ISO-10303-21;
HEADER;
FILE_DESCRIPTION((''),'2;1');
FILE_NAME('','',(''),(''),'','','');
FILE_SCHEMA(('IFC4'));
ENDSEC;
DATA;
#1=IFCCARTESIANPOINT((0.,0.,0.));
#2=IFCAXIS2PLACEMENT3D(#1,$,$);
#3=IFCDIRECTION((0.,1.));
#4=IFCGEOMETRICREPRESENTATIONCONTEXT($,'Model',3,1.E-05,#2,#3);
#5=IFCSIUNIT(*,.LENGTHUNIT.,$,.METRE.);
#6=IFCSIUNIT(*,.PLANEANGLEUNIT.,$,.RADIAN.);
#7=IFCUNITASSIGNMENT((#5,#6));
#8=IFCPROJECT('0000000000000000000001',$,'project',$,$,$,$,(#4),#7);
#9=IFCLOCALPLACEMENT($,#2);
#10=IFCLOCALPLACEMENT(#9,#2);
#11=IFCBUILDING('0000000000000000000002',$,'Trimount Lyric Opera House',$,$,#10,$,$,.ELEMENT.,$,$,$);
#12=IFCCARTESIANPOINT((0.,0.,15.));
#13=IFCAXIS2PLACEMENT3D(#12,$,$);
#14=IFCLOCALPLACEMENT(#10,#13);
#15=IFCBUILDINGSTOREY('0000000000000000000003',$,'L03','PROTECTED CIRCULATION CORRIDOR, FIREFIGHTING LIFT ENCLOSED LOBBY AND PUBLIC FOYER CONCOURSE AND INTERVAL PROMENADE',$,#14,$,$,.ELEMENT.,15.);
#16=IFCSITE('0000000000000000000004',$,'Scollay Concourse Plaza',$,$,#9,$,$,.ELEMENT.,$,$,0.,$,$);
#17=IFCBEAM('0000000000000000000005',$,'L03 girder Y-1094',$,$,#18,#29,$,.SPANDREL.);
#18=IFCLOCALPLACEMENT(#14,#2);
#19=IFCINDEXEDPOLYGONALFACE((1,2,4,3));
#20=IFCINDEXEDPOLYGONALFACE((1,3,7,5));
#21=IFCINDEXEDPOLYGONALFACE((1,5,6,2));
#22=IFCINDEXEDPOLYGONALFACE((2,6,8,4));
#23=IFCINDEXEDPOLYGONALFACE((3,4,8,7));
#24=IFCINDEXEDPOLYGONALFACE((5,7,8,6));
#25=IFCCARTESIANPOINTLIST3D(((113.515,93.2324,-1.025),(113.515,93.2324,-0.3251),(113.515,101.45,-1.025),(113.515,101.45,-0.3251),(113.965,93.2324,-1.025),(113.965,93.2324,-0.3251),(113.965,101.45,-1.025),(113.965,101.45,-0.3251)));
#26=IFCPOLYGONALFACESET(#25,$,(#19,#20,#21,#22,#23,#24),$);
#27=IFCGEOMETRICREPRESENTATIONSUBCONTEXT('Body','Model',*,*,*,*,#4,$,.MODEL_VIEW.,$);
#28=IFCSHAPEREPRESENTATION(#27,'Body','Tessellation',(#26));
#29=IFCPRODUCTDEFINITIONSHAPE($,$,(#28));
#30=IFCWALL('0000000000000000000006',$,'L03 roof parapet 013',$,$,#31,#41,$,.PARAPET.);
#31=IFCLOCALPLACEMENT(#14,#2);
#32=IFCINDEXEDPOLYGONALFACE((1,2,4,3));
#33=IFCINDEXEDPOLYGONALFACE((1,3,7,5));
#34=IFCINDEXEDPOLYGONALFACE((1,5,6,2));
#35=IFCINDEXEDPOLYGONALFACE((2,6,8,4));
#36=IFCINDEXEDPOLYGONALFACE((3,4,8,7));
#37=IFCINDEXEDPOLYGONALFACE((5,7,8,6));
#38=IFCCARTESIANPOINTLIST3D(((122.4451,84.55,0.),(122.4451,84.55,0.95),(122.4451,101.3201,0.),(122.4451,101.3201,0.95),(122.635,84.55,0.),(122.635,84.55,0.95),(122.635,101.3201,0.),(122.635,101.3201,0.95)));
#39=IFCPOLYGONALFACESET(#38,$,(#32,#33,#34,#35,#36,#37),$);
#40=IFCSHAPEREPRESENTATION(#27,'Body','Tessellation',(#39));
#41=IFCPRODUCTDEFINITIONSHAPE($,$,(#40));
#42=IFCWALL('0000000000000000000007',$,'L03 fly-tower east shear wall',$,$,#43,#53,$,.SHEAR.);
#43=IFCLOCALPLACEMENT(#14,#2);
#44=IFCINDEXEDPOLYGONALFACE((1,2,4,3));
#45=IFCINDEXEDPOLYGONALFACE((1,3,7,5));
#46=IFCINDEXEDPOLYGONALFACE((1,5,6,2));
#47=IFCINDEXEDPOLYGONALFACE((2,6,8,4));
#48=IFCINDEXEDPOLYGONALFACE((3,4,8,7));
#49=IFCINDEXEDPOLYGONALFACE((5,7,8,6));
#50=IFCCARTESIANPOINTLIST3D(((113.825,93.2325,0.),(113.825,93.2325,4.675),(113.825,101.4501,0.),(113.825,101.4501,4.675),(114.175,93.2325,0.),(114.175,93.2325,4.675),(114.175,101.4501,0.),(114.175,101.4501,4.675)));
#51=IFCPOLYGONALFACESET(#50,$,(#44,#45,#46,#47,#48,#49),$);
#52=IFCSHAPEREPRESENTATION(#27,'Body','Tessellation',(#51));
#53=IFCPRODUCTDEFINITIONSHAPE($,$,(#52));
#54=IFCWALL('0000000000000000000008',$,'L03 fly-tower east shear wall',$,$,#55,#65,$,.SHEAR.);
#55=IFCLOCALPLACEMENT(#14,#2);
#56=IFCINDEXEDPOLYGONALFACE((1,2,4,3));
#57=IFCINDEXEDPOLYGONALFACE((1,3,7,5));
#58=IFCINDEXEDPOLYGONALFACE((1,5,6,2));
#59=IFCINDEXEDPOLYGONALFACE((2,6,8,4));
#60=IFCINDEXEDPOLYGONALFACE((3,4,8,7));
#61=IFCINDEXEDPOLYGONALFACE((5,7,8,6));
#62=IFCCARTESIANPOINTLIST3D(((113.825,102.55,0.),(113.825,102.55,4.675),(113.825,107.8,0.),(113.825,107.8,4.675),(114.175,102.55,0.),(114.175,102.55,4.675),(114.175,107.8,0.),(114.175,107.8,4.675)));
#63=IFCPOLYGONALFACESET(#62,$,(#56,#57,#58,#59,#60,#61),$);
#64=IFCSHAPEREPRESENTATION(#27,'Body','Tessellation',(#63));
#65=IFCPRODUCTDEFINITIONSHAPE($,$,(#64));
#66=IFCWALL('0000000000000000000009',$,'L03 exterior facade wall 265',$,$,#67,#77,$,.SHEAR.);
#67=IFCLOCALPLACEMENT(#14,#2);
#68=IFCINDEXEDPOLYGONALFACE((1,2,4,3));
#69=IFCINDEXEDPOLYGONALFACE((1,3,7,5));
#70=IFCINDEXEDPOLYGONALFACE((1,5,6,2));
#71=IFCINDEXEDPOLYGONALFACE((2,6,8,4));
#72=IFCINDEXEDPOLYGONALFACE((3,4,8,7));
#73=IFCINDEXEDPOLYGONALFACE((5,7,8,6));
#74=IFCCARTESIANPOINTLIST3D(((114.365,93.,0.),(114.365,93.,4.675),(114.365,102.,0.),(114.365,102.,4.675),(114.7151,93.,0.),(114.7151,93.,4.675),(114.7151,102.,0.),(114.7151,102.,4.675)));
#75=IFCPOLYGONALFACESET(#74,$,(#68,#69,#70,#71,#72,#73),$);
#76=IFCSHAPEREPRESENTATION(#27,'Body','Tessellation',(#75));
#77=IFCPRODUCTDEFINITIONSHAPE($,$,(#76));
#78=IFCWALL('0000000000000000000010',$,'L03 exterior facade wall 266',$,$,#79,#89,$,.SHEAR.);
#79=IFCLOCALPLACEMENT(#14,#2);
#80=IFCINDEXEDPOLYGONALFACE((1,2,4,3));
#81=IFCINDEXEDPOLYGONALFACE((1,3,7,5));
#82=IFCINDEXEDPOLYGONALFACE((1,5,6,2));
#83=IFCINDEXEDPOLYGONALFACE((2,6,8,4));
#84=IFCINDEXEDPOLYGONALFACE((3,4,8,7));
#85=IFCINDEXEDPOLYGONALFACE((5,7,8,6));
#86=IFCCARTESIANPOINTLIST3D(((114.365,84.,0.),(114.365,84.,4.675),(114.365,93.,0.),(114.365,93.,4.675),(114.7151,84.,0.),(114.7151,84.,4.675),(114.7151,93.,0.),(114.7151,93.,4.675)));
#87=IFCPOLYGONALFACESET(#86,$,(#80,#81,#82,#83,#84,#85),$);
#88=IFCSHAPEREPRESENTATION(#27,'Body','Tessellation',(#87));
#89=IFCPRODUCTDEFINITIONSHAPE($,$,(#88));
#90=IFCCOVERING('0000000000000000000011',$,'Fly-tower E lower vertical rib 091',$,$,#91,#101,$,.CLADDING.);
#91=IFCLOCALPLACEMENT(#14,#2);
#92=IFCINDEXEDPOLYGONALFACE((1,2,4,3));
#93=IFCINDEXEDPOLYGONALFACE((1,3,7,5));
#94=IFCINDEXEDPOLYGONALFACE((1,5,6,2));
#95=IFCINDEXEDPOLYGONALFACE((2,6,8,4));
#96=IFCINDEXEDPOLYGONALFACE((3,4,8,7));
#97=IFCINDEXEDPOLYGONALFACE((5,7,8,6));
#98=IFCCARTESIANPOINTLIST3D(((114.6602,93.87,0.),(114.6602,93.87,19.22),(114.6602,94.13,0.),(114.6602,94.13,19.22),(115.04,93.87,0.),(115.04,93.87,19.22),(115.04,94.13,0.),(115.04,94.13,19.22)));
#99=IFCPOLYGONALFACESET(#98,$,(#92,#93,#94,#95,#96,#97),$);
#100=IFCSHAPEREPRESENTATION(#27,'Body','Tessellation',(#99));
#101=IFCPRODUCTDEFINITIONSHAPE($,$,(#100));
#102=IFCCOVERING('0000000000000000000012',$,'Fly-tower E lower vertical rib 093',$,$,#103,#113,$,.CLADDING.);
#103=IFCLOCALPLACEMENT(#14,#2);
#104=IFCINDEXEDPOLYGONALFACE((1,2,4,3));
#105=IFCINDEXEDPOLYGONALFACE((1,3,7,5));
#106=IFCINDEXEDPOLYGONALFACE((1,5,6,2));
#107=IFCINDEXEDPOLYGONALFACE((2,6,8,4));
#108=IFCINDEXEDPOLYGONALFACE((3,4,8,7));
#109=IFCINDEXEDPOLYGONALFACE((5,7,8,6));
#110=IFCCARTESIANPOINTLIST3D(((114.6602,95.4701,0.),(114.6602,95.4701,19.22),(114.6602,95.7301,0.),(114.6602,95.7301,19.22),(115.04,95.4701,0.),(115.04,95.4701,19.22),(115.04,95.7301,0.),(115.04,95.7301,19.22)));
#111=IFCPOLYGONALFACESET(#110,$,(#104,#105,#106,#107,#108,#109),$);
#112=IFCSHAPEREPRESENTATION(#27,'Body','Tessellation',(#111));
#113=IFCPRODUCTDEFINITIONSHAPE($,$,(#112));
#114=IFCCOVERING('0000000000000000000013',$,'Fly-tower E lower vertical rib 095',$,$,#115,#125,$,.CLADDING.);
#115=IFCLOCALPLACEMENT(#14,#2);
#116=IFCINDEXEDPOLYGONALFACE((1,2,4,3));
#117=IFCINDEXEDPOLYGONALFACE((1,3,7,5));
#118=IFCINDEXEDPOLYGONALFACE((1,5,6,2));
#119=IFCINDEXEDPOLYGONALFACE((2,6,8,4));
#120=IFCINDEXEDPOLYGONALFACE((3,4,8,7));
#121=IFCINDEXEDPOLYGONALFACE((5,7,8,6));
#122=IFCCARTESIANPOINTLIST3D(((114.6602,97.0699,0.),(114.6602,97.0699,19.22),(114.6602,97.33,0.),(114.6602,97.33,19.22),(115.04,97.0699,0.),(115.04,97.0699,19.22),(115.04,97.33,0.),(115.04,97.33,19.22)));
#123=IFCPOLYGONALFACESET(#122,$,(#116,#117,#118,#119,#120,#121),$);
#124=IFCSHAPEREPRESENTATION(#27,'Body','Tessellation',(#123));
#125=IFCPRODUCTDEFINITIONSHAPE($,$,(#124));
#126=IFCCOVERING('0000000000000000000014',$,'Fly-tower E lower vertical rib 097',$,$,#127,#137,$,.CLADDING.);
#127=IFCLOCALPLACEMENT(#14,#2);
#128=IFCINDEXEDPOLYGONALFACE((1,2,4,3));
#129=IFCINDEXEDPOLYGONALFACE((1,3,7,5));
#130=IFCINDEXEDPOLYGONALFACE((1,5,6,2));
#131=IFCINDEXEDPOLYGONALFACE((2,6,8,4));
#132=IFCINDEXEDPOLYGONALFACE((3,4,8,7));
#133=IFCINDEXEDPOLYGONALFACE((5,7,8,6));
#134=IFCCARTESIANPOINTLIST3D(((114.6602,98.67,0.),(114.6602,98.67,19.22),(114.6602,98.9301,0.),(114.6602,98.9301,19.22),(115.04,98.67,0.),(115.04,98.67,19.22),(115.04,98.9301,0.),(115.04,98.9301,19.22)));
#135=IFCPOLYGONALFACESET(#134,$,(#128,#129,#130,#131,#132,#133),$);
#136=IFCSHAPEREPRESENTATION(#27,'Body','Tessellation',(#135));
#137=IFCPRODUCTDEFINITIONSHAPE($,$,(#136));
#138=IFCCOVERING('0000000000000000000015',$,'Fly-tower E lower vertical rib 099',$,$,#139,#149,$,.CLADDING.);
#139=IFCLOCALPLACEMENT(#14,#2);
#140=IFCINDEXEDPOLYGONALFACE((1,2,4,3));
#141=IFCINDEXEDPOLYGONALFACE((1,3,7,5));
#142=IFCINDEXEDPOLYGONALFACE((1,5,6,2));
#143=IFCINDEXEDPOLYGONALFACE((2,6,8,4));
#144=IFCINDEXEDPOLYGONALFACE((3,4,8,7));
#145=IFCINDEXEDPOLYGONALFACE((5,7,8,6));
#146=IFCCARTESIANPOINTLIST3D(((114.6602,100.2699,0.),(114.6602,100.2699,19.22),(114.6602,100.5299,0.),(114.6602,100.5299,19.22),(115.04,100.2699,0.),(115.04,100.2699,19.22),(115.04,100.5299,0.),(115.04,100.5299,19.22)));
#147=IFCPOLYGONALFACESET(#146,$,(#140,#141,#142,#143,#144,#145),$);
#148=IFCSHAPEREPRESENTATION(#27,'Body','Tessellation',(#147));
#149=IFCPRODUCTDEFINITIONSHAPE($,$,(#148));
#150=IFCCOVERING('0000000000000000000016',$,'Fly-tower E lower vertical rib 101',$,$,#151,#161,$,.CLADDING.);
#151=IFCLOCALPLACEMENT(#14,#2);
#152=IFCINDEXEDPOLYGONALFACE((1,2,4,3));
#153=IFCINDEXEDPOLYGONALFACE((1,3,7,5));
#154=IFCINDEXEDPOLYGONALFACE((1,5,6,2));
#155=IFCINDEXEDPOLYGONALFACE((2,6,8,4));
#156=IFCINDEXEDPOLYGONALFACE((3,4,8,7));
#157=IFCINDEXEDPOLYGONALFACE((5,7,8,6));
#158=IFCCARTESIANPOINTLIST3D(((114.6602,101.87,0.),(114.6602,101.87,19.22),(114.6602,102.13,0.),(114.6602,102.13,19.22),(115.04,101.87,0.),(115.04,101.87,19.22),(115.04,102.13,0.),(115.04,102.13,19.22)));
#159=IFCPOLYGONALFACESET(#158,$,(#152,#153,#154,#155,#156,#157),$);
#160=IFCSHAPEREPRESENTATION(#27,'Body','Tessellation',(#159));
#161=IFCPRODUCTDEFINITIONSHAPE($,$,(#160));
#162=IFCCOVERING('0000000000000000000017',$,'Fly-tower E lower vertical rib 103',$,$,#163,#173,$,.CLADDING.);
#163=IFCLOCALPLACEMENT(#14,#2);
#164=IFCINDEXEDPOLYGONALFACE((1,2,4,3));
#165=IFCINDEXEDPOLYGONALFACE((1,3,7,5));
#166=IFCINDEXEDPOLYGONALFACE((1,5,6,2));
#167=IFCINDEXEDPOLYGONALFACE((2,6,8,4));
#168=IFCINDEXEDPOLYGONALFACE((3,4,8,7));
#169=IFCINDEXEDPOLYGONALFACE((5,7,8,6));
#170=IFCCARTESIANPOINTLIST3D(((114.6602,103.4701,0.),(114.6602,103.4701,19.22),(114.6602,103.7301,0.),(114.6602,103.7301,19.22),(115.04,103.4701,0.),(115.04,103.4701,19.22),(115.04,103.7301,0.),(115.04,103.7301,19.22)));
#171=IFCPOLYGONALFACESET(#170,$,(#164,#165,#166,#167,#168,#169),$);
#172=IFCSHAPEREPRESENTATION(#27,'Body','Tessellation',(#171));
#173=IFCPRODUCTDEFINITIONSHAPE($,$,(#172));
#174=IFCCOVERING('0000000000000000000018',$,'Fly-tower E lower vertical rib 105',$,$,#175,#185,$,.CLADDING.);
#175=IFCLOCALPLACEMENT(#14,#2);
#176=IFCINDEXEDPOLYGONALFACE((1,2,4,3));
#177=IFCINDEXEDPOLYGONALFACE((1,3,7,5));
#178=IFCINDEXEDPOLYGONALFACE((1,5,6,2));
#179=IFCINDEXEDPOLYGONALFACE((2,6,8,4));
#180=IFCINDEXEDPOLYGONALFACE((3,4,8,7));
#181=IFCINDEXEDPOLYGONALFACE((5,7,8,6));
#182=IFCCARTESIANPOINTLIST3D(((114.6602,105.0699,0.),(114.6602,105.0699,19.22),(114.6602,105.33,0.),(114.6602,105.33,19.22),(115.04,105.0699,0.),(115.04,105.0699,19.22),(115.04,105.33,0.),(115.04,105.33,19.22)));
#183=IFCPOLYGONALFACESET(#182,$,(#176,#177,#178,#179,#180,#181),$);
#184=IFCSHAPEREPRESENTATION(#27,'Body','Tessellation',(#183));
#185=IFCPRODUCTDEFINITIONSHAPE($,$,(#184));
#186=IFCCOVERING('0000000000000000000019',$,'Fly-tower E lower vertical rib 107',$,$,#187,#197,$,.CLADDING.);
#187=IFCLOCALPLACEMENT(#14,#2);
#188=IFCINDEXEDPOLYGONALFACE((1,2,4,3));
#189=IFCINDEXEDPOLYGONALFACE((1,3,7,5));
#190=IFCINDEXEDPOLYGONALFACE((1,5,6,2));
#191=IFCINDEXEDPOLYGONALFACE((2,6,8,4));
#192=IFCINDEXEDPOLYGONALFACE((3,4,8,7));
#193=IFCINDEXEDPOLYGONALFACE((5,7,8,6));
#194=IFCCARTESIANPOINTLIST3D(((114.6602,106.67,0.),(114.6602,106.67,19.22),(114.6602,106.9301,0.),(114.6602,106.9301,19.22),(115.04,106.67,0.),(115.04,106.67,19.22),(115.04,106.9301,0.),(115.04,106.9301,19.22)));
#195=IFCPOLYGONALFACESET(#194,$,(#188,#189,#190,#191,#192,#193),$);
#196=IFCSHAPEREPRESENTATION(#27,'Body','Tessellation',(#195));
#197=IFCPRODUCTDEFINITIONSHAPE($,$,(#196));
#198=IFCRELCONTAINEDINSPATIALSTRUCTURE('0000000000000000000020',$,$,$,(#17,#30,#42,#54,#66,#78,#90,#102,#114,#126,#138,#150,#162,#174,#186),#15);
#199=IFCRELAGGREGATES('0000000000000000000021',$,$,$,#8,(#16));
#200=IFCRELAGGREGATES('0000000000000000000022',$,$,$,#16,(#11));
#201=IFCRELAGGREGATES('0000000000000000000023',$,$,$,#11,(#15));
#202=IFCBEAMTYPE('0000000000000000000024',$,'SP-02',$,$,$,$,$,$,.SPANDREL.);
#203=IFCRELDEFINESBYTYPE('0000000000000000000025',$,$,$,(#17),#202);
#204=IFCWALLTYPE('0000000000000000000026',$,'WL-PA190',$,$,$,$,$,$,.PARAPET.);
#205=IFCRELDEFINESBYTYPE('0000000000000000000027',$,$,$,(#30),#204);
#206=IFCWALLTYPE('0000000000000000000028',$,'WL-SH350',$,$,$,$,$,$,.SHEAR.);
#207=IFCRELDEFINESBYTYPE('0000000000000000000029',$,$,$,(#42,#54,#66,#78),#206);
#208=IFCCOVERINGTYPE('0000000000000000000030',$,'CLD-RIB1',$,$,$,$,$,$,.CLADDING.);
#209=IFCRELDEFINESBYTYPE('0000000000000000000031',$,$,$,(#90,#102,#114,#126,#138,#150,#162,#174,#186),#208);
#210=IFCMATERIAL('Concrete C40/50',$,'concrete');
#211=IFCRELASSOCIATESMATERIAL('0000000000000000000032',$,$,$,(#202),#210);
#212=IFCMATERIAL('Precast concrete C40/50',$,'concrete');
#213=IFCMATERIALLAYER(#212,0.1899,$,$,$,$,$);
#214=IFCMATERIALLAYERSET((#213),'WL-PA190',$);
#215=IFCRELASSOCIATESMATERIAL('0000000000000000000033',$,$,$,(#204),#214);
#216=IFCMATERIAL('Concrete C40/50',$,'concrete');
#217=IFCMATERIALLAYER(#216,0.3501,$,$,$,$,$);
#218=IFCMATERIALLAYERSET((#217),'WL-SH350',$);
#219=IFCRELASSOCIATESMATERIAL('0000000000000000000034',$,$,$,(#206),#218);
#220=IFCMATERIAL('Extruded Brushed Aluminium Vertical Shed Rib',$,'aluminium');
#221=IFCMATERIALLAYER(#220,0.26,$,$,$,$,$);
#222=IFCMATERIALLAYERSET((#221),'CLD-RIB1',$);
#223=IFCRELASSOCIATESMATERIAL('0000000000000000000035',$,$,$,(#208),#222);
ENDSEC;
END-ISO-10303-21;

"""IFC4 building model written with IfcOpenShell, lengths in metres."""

from ifc_helpers import new_model, si_unit, direction, frame, frame_2d, origin, origin_2d, place, context, subcontext, project, spatial, rectangle, extrude, material, layer, layer_set, material_profile, profile_set, type_object, element, save


model = new_model("IFC4")

# Units and contexts
model_context = context("Model", 3, precision=1e-05, world=origin(), true_north=direction((0.0, 1.0)))
body_context = subcontext(model_context, "Body", "Model", "MODEL_VIEW")
ifc_project = project(units=[si_unit("LENGTHUNIT", "METRE"), si_unit("PLANEANGLEUNIT", "RADIAN")], contexts=[model_context])

# Site, building, storey
site_placement = place(None, origin())
site = spatial("IfcSite", under=ifc_project, at=site_placement, Name="Scollay Concourse Plaza", CompositionType="ELEMENT", RefElevation=0.0)
building_placement = place(site_placement, origin())
building = spatial("IfcBuilding", under=site, at=building_placement, Name="Trimount Lyric Opera House", CompositionType="ELEMENT")
storey_placement = place(building_placement, frame((0.0, 0.0, 15.0)))
storey = spatial("IfcBuildingStorey", under=building, at=storey_placement, Name="L03", Description="PROTECTED CIRCULATION CORRIDOR, FIREFIGHTING LIFT ENCLOSED LOBBY AND PUBLIC FOYER CONCOURSE AND INTERVAL PROMENADE", CompositionType="ELEMENT", Elevation=15.0)

# Beam
ifc_material_1 = material(Name="Concrete C40/50", Category="concrete")
ifc_material_profile_1 = material_profile(ifc_material_1, rectangle(XDim=0.45, YDim=0.7, at=origin_2d()), Name="RC450X700")
ifc_profile_set_1 = profile_set([ifc_material_profile_1], Name="Concrete C40/50")
beam_type_1 = type_object("IfcBeamType", Name="SP-02", PredefinedType="SPANDREL", material=ifc_profile_set_1)
beam_1_placement = place(storey_placement, frame((113.74, 93.2324, -0.675), z_axis=(0.0, 1.0, 0.0), x_axis=(-1.0, 0.0, 0.0)))
element("IfcBeam", 1, at=beam_1_placement, inside=storey, type_object=beam_type_1, Name="L03 girder Y-1094", PredefinedType="SPANDREL", context=body_context, shape_type="SweptSolid", body=[
    extrude(rectangle(XDim=0.45, YDim=0.7, at=origin_2d()), origin(), (0.0, 0.0, 1.0), 8.2175),
])

# Walls
ifc_material_2 = material(Name="Precast concrete C40/50", Category="concrete")
ifc_layer_1 = layer(ifc_material_2, 0.1899)
ifc_layer_set_1 = layer_set([ifc_layer_1], Name="WL-PA190")
wall_type_1 = type_object("IfcWallType", Name="WL-PA190", PredefinedType="PARAPET", material=ifc_layer_set_1)
wall_1_placement = place(storey_placement, frame((122.54, 101.3201, 0.0), z_axis=(0.0, 0.0, 1.0), x_axis=(0.0, -1.0, 0.0)))
element("IfcWall", 2, at=wall_1_placement, inside=storey, type_object=wall_type_1, Name="L03 roof parapet 013", PredefinedType="PARAPET", context=body_context, shape_type="SweptSolid", body=[
    extrude(rectangle(XDim=16.77, YDim=0.1899, at=frame_2d((8.385, 0.0))), origin(), (0.0, 0.0, 1.0), 0.95),
])
ifc_material_3 = material(Name="Concrete C40/50", Category="concrete")
ifc_layer_2 = layer(ifc_material_3, 0.3501)
ifc_layer_set_2 = layer_set([ifc_layer_2], Name="WL-SH350")
wall_type_2 = type_object("IfcWallType", Name="WL-SH350", PredefinedType="SHEAR", material=ifc_layer_set_2)
wall_2_placement = place(storey_placement, frame((114.0, 93.2324, 0.0), z_axis=(0.0, 0.0, 1.0), x_axis=(0.0, 1.0, 0.0)))
element("IfcWall", 3, at=wall_2_placement, inside=storey, type_object=wall_type_2, Name="L03 fly-tower east shear wall", PredefinedType="SHEAR", context=body_context, shape_type="SweptSolid", body=[
    extrude(rectangle(XDim=8.2175, YDim=0.3501, at=frame_2d((4.1089, 0.0))), origin(), (0.0, 0.0, 1.0), 4.675),
])
wall_3_placement = place(storey_placement, frame((114.0, 102.55, 0.0), z_axis=(0.0, 0.0, 1.0), x_axis=(0.0, 1.0, 0.0)))
element("IfcWall", 4, at=wall_3_placement, inside=storey, type_object=wall_type_2, Name="L03 fly-tower east shear wall", PredefinedType="SHEAR", context=body_context, shape_type="SweptSolid", body=[
    extrude(rectangle(XDim=5.25, YDim=0.3501, at=frame_2d((2.625, 0.0))), origin(), (0.0, 0.0, 1.0), 4.675),
])
for number, where, z_axis, x_axis, name in (
    (5, (114.54, 102.0, 0.0), (0.0, 0.0, 1.0), (0.0, -1.0, 0.0), "L03 exterior facade wall 265"),
    (6, (114.54, 93.0, 0.0), (0.0, 0.0, 1.0), (0.0, -1.0, 0.0), "L03 exterior facade wall 266"),
):
    element("IfcWall", number, at=place(storey_placement, frame(where, z_axis=z_axis, x_axis=x_axis)), inside=storey, type_object=wall_type_2, Name=name, PredefinedType="SHEAR", context=body_context, shape_type="SweptSolid", body=[
        extrude(rectangle(XDim=9.0, YDim=0.3501, at=frame_2d((4.5, 0.0))), origin(), (0.0, 0.0, 1.0), 4.675),
    ])

# Coverings
ifc_material_4 = material(Name="Extruded Brushed Aluminium Vertical Shed Rib", Category="aluminium")
ifc_layer_3 = layer(ifc_material_4, 0.26)
ifc_layer_set_3 = layer_set([ifc_layer_3], Name="CLD-RIB1")
covering_type = type_object("IfcCoveringType", Name="CLD-RIB1", PredefinedType="CLADDING", material=ifc_layer_set_3)
for number, where, z_axis, x_axis, name in (
    (7, (114.8501, 94.0, 0.0), (0.0, 0.0, 1.0), (1.0, 0.0, 0.0), "Fly-tower E lower vertical rib 091"),
    (8, (114.8501, 95.6001, 0.0), (0.0, 0.0, 1.0), (1.0, 0.0, 0.0), "Fly-tower E lower vertical rib 093"),
    (9, (114.8501, 97.2, 0.0), (0.0, 0.0, 1.0), (1.0, 0.0, 0.0), "Fly-tower E lower vertical rib 095"),
    (10, (114.8501, 98.8, 0.0), (0.0, 0.0, 1.0), (1.0, 0.0, 0.0), "Fly-tower E lower vertical rib 097"),
    (11, (114.8501, 100.3999, 0.0), (0.0, 0.0, 1.0), (1.0, 0.0, 0.0), "Fly-tower E lower vertical rib 099"),
    (12, (114.8501, 102.0, 0.0), (0.0, 0.0, 1.0), (1.0, 0.0, 0.0), "Fly-tower E lower vertical rib 101"),
    (13, (114.8501, 103.6001, 0.0), (0.0, 0.0, 1.0), (1.0, 0.0, 0.0), "Fly-tower E lower vertical rib 103"),
    (14, (114.8501, 105.2, 0.0), (0.0, 0.0, 1.0), (1.0, 0.0, 0.0), "Fly-tower E lower vertical rib 105"),
    (15, (114.8501, 106.8, 0.0), (0.0, 0.0, 1.0), (1.0, 0.0, 0.0), "Fly-tower E lower vertical rib 107"),
):
    element("IfcCovering", number, at=place(storey_placement, frame(where, z_axis=z_axis, x_axis=x_axis)), inside=storey, type_object=covering_type, Name=name, PredefinedType="CLADDING", context=body_context, shape_type="SweptSolid", body=[
        extrude(rectangle(XDim=0.3799, YDim=0.26, at=origin_2d()), origin(), (0.0, 0.0, 1.0), 19.22),
    ])

save(model, "model.ifc")
